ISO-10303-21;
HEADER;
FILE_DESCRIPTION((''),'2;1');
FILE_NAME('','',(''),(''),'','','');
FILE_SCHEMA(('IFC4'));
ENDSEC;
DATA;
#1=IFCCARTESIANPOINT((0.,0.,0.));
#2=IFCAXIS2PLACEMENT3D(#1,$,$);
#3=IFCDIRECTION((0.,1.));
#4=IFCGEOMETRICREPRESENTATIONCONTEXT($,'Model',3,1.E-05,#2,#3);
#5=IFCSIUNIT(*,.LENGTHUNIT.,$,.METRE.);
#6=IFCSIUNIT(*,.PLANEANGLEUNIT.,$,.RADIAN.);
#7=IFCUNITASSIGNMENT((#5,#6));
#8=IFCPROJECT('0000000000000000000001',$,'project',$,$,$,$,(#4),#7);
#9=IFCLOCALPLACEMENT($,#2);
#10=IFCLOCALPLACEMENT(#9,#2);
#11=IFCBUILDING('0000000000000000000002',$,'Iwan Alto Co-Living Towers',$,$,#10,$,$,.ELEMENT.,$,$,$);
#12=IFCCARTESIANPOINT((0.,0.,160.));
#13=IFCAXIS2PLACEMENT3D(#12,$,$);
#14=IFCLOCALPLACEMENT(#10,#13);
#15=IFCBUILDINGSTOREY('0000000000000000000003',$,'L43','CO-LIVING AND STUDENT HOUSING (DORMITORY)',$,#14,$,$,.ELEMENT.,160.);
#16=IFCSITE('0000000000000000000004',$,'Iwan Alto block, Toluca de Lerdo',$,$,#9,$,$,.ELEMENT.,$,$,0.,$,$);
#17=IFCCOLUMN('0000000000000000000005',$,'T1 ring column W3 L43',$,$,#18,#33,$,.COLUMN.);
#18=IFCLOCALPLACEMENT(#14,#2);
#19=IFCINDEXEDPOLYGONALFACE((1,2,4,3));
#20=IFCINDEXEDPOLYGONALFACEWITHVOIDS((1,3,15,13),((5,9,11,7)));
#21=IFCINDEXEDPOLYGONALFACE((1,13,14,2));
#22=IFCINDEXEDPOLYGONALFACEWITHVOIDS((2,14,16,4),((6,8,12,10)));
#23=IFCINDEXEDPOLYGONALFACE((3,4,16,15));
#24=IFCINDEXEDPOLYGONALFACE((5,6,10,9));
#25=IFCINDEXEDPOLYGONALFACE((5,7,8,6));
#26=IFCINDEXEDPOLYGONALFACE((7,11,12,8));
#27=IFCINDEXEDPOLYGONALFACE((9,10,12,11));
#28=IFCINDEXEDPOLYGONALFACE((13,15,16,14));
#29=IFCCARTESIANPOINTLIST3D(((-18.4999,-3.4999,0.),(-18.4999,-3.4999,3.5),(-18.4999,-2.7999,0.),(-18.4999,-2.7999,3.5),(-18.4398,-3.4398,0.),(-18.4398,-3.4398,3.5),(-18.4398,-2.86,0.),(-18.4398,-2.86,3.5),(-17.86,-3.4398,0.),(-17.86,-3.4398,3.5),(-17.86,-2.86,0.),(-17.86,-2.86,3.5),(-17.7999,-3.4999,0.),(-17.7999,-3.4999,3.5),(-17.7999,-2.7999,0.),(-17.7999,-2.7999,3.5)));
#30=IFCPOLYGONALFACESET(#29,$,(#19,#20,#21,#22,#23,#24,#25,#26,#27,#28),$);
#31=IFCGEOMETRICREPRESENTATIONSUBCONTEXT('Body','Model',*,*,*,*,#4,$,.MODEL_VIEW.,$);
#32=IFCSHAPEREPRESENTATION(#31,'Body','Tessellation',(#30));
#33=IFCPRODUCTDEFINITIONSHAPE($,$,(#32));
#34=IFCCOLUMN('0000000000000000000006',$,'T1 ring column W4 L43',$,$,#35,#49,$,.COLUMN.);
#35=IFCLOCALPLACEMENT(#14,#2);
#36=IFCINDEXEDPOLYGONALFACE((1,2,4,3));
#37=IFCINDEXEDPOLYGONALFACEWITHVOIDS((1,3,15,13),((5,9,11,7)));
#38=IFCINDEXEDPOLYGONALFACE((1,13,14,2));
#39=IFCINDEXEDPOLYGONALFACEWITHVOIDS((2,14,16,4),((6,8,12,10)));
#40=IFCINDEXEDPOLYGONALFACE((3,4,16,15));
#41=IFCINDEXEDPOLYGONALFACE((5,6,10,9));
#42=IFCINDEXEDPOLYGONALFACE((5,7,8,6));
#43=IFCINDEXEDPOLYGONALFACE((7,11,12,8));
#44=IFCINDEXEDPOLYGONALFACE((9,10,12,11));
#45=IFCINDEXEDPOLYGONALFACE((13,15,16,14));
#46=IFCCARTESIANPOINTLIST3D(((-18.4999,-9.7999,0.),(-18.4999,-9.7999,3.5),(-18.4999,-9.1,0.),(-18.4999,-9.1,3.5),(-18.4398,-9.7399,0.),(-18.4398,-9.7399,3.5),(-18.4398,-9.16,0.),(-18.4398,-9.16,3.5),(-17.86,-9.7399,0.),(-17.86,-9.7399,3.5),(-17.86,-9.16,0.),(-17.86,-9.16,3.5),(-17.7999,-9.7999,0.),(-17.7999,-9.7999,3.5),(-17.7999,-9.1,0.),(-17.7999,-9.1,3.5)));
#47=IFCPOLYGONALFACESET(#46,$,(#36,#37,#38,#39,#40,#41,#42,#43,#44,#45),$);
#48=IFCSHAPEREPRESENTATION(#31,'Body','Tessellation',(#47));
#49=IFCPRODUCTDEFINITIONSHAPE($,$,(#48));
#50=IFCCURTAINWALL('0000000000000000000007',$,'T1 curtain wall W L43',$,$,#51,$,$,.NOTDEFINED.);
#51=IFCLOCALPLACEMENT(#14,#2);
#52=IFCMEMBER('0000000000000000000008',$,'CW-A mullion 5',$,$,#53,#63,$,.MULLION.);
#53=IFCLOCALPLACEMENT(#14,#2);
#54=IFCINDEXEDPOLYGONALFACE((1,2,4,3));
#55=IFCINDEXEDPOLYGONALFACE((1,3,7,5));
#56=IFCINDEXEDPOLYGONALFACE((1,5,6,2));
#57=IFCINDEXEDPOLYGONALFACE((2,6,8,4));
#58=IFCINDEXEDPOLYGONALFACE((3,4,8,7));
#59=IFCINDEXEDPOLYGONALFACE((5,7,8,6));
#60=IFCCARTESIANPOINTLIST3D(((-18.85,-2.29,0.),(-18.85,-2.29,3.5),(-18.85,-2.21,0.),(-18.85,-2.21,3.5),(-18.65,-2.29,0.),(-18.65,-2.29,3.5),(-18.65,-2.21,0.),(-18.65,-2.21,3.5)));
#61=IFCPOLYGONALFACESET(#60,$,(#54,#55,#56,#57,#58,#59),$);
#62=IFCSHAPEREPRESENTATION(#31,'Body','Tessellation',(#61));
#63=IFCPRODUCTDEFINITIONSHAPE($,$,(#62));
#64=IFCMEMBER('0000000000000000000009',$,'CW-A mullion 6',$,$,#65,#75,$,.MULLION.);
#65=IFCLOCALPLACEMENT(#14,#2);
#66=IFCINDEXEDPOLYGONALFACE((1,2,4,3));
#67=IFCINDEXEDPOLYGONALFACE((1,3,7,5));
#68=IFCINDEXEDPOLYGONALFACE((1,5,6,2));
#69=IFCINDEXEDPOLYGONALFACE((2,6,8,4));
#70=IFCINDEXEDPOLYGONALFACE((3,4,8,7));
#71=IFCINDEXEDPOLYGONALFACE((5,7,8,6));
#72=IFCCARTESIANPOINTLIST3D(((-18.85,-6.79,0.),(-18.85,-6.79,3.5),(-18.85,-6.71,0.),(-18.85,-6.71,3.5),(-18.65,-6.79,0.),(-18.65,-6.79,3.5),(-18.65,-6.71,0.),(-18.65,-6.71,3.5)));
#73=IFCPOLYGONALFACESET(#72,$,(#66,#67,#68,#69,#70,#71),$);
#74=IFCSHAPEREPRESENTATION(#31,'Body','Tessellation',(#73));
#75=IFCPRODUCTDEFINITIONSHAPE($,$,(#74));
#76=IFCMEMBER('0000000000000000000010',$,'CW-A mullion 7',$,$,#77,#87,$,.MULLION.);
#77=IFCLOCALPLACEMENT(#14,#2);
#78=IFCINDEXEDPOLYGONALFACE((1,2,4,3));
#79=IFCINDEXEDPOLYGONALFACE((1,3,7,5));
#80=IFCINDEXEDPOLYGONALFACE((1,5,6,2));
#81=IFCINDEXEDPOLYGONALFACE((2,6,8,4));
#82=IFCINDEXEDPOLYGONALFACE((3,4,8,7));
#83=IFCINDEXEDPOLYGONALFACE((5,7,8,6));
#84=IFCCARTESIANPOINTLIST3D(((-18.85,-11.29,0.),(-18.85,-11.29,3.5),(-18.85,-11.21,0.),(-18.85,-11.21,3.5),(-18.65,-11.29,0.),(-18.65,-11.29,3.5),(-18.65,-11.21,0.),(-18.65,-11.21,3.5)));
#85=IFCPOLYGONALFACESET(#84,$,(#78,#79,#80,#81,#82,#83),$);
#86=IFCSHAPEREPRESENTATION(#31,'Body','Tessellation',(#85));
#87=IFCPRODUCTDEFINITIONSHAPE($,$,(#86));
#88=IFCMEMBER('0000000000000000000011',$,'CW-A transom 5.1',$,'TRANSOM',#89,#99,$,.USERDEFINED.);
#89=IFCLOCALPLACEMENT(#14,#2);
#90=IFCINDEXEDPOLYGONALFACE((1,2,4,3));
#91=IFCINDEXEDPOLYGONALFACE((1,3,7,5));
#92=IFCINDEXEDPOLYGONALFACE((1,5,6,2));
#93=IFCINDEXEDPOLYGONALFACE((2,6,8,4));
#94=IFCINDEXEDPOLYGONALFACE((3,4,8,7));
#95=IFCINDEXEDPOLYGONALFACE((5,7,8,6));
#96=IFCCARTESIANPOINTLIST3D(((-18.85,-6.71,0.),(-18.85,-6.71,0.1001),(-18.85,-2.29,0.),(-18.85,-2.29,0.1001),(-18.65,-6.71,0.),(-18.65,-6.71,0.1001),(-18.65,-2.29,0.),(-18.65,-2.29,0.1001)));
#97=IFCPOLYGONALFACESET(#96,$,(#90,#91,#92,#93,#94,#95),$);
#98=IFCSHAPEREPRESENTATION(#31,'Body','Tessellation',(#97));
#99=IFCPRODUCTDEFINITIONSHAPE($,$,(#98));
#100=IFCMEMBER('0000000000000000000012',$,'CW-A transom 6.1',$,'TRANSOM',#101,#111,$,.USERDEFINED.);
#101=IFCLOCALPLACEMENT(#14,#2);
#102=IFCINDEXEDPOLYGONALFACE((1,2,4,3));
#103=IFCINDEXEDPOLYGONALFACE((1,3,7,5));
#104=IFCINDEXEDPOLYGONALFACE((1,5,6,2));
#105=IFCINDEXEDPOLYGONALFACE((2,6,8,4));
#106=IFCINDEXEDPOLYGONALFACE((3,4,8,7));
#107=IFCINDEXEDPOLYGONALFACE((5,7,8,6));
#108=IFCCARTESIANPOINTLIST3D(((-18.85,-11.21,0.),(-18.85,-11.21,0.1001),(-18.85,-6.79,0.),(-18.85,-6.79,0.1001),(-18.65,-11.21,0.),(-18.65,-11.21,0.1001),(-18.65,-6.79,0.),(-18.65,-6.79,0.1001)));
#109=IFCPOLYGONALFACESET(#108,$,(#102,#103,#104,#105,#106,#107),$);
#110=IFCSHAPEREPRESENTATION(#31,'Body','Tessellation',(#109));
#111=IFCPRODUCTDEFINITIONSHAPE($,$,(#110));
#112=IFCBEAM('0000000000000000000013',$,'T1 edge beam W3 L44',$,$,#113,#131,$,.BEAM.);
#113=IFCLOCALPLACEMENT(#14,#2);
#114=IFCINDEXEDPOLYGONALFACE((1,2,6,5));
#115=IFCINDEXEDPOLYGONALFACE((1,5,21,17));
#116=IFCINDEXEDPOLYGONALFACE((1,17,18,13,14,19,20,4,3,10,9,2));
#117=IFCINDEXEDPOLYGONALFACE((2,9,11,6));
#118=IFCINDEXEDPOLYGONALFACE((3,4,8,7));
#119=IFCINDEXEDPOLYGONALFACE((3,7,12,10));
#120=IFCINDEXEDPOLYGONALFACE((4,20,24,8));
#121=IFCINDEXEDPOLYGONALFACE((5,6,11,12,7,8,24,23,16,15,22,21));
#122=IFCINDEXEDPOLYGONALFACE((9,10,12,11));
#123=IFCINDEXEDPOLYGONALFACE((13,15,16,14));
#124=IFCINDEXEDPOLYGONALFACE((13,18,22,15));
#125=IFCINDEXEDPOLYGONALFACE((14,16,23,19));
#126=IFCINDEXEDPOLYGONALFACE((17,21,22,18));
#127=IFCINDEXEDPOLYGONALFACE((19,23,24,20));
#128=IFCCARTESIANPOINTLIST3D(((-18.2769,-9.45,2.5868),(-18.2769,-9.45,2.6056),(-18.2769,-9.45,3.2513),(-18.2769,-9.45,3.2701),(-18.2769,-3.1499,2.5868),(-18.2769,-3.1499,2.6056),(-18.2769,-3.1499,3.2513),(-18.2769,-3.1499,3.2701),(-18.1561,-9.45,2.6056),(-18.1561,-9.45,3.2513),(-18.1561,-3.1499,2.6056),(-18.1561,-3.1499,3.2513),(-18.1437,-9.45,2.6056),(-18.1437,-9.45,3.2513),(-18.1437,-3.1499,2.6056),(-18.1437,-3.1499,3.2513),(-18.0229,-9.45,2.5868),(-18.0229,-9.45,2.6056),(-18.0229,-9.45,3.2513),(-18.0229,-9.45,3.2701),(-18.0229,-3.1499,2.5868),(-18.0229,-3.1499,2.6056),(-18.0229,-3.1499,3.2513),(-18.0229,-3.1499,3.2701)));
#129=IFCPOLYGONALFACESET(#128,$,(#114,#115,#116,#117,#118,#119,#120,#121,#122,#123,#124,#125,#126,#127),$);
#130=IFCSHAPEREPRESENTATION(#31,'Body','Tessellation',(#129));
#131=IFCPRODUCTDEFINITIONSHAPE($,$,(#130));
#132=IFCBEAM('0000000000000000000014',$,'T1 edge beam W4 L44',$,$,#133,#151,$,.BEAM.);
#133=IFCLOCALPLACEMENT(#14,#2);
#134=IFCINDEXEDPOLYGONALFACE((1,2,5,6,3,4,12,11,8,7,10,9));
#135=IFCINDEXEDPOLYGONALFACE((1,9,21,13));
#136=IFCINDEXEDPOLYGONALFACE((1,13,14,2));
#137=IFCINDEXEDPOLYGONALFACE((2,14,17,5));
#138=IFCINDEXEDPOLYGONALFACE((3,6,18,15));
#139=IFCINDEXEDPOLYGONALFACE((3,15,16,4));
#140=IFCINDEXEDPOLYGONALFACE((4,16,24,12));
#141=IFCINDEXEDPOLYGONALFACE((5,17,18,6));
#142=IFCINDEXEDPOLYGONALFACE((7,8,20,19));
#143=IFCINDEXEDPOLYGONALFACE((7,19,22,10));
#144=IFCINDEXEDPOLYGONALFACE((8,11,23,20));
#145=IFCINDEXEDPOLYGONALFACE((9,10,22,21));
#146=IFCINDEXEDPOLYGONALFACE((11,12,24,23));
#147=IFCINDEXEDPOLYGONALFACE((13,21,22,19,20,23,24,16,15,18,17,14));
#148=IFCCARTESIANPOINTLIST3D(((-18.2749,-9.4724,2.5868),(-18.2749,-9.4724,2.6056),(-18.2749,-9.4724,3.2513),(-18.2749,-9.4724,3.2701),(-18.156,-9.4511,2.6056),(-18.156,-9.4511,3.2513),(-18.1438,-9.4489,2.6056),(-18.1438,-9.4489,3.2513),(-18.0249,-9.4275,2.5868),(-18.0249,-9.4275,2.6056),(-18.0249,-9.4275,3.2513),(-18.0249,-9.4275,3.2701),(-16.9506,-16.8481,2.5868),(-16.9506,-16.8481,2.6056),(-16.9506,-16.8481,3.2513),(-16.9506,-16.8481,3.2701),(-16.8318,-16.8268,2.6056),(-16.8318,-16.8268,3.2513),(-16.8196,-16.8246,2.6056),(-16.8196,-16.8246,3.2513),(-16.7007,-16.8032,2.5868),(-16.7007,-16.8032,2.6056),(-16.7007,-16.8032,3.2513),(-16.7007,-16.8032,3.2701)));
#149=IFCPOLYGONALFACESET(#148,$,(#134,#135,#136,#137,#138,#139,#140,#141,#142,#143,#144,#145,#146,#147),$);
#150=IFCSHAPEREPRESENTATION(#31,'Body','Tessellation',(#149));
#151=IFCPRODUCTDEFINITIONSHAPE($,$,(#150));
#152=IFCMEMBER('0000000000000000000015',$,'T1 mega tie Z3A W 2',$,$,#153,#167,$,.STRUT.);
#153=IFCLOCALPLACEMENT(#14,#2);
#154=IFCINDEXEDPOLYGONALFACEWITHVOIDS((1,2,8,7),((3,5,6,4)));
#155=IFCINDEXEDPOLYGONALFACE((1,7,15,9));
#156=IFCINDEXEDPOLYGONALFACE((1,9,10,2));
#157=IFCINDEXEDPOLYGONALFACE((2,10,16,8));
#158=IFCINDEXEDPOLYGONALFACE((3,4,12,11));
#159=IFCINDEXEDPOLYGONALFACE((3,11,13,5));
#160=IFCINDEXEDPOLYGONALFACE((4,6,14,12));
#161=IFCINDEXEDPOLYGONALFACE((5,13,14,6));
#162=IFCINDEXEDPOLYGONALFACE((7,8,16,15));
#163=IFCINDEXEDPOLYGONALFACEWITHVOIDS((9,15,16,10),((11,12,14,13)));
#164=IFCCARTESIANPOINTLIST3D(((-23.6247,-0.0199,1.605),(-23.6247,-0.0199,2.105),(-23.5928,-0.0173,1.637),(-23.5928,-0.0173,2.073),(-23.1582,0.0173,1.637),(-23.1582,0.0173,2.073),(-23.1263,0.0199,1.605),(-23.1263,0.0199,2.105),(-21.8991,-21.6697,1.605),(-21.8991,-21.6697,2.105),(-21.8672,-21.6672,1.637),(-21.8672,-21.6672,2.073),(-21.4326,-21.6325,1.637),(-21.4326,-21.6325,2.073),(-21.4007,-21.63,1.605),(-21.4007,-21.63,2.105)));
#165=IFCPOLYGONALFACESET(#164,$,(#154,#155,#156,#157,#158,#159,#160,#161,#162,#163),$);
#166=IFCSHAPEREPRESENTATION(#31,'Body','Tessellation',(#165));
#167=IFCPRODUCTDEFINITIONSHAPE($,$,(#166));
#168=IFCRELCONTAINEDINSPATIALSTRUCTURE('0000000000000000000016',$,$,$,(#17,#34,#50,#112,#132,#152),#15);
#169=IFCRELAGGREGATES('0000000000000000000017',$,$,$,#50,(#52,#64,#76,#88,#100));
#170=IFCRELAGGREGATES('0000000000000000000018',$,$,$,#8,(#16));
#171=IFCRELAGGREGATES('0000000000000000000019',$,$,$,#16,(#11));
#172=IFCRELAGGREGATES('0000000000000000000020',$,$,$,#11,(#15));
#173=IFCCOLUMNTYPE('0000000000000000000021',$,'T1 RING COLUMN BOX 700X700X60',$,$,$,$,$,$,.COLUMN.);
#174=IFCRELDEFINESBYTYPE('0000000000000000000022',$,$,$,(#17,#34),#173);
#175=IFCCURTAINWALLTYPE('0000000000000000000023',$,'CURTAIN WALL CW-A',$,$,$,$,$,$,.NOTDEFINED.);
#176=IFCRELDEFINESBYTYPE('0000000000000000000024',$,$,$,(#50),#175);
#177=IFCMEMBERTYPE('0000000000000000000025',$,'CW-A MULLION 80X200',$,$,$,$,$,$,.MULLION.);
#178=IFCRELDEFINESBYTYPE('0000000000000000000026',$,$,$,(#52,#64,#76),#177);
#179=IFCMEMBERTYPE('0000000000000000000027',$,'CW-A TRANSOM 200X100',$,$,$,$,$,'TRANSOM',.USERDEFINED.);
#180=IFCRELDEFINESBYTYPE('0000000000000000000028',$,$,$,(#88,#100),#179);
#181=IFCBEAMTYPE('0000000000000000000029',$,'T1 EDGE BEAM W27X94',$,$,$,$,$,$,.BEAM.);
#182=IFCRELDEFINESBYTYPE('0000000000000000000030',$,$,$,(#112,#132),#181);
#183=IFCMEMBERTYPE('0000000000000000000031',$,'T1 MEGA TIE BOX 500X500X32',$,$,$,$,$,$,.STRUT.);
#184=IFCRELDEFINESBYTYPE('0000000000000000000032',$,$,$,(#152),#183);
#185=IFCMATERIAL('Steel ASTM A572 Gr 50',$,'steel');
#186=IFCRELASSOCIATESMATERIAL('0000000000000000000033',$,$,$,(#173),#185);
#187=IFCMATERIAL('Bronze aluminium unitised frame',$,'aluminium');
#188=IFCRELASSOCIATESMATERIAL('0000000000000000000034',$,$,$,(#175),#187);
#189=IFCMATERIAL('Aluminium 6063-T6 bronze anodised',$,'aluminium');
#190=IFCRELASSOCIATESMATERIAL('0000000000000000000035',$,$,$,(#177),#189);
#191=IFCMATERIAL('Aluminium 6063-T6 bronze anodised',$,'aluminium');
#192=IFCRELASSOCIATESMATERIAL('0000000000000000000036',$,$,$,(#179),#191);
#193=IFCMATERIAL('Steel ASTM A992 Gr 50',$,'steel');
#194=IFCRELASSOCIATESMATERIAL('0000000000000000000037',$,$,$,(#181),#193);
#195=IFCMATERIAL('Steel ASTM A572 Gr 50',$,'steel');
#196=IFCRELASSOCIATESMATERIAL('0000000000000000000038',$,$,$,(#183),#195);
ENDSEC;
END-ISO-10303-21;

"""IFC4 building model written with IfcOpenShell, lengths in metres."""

from ifc_helpers import new_model, si_unit, direction, frame, origin, origin_2d, place, context, subcontext, project, spatial, rectangle, hollow_rectangle, i_section, extrude, material, material_profile, profile_set, type_object, element, aggregate, save


model = new_model("IFC4")

# Units and contexts
model_context = context("Model", 3, precision=1e-05, world=origin(), true_north=direction((0.0, 1.0)))
body_context = subcontext(model_context, "Body", "Model", "MODEL_VIEW")
ifc_project = project(units=[si_unit("LENGTHUNIT", "METRE"), si_unit("PLANEANGLEUNIT", "RADIAN")], contexts=[model_context])

# Site, building, storey
site_placement = place(None, origin())
site = spatial("IfcSite", under=ifc_project, at=site_placement, Name="Iwan Alto block, Toluca de Lerdo", CompositionType="ELEMENT", RefElevation=0.0)
building_placement = place(site_placement, origin())
building = spatial("IfcBuilding", under=site, at=building_placement, Name="Iwan Alto Co-Living Towers", CompositionType="ELEMENT")
storey_placement = place(building_placement, frame((0.0, 0.0, 160.0)))
storey = spatial("IfcBuildingStorey", under=building, at=storey_placement, Name="L43", Description="CO-LIVING AND STUDENT HOUSING (DORMITORY)", CompositionType="ELEMENT", Elevation=160.0)

# Columns
ifc_material_1 = material(Name="Steel ASTM A572 Gr 50", Category="steel")
ifc_material_profile_1 = material_profile(ifc_material_1, hollow_rectangle(XDim=0.7, YDim=0.7, WallThickness=0.0601, at=origin_2d()), Name="BOX 700X700X60")
ifc_profile_set_1 = profile_set([ifc_material_profile_1], Name="Steel ASTM A572 Gr 50")
column_type = type_object("IfcColumnType", Name="T1 RING COLUMN BOX 700X700X60", PredefinedType="COLUMN", material=ifc_profile_set_1)
for number, where, z_axis, x_axis, name in (
    (1, (-18.1499, -3.1499, 0.0), (0.0, 0.0, 1.0), (1.0, 0.0, 0.0), "T1 ring column W3 L43"),
    (2, (-18.1499, -9.45, 0.0), (0.0, 0.0, 1.0), (1.0, 0.0, 0.0), "T1 ring column W4 L43"),
):
    element("IfcColumn", number, at=place(storey_placement, frame(where, z_axis=z_axis, x_axis=x_axis)), inside=storey, type_object=column_type, Name=name, PredefinedType="COLUMN", context=body_context, shape_type="SweptSolid", body=[
        extrude(hollow_rectangle(XDim=0.7, YDim=0.7, WallThickness=0.0601, at=origin_2d()), origin(), (0.0, 0.0, 1.0), 3.5),
    ])

# Curtain wall, members
ifc_material_2 = material(Name="Bronze aluminium unitised frame", Category="aluminium")
curtain_wall_type = type_object("IfcCurtainWallType", Name="CURTAIN WALL CW-A", PredefinedType="NOTDEFINED", material=ifc_material_2)
curtain_wall_placement = place(storey_placement, origin())
curtain_wall = element("IfcCurtainWall", 3, at=curtain_wall_placement, inside=storey, type_object=curtain_wall_type, Name="T1 curtain wall W L43", PredefinedType="NOTDEFINED")
ifc_material_3 = material(Name="Aluminium 6063-T6 bronze anodised", Category="aluminium")
ifc_material_profile_2 = material_profile(ifc_material_3, rectangle(XDim=0.2, YDim=0.0801, at=origin_2d()), Name="AL 80X200")
ifc_profile_set_2 = profile_set([ifc_material_profile_2], Name="Aluminium 6063-T6 bronze anodised")
member_type_1 = type_object("IfcMemberType", Name="CW-A MULLION 80X200", PredefinedType="MULLION", material=ifc_profile_set_2)
member_1_placement = place(storey_placement, frame((-18.75, -2.25, 0.0), z_axis=(0.0, 0.0, 1.0), x_axis=(1.0, 0.0, 0.0)))
member_1 = element("IfcMember", 4, at=member_1_placement, type_object=member_type_1, Name="CW-A mullion 5", PredefinedType="MULLION", context=body_context, shape_type="SweptSolid", body=[
    extrude(rectangle(XDim=0.2, YDim=0.0801, at=origin_2d()), origin(), (0.0, 0.0, 1.0), 3.5),
])
member_2_placement = place(storey_placement, frame((-18.75, -6.75, 0.0), z_axis=(0.0, 0.0, 1.0), x_axis=(1.0, 0.0, 0.0)))
member_2 = element("IfcMember", 5, at=member_2_placement, type_object=member_type_1, Name="CW-A mullion 6", PredefinedType="MULLION", context=body_context, shape_type="SweptSolid", body=[
    extrude(rectangle(XDim=0.2, YDim=0.0801, at=origin_2d()), origin(), (0.0, 0.0, 1.0), 3.5),
])
member_3_placement = place(storey_placement, frame((-18.75, -11.25, 0.0), z_axis=(0.0, 0.0, 1.0), x_axis=(1.0, 0.0, 0.0)))
member_3 = element("IfcMember", 6, at=member_3_placement, type_object=member_type_1, Name="CW-A mullion 7", PredefinedType="MULLION", context=body_context, shape_type="SweptSolid", body=[
    extrude(rectangle(XDim=0.2, YDim=0.0801, at=origin_2d()), origin(), (0.0, 0.0, 1.0), 3.5),
])
ifc_material_4 = material(Name="Aluminium 6063-T6 bronze anodised", Category="aluminium")
ifc_material_profile_3 = material_profile(ifc_material_4, rectangle(XDim=0.2, YDim=0.1001, at=origin_2d()), Name="AL 200X100")
ifc_profile_set_3 = profile_set([ifc_material_profile_3], Name="Aluminium 6063-T6 bronze anodised")
member_type_2 = type_object("IfcMemberType", Name="CW-A TRANSOM 200X100", ElementType="TRANSOM", PredefinedType="USERDEFINED", material=ifc_profile_set_3)
member_4_placement = place(storey_placement, frame((-18.75, -2.29, 0.05), z_axis=(0.0, -1.0, 0.0), x_axis=(1.0, 0.0, 0.0)))
member_4 = element("IfcMember", 7, at=member_4_placement, type_object=member_type_2, Name="CW-A transom 5.1", ObjectType="TRANSOM", PredefinedType="USERDEFINED", context=body_context, shape_type="SweptSolid", body=[
    extrude(rectangle(XDim=0.2, YDim=0.1001, at=origin_2d()), origin(), (0.0, 0.0, 1.0), 4.4199),
])
member_5_placement = place(storey_placement, frame((-18.75, -6.79, 0.05), z_axis=(0.0, -1.0, 0.0), x_axis=(1.0, 0.0, 0.0)))
member_5 = element("IfcMember", 8, at=member_5_placement, type_object=member_type_2, Name="CW-A transom 6.1", ObjectType="TRANSOM", PredefinedType="USERDEFINED", context=body_context, shape_type="SweptSolid", body=[
    extrude(rectangle(XDim=0.2, YDim=0.1001, at=origin_2d()), origin(), (0.0, 0.0, 1.0), 4.4199),
])

# Beams
ifc_material_5 = material(Name="Steel ASTM A992 Gr 50", Category="steel")
ifc_material_profile_4 = material_profile(ifc_material_5, i_section(OverallWidth=0.2539, OverallDepth=0.6833, WebThickness=0.0125, FlangeThickness=0.0188, at=origin_2d()), Name="W27X94")
ifc_profile_set_4 = profile_set([ifc_material_profile_4], Name="Steel ASTM A992 Gr 50")
beam_type_1 = type_object("IfcBeamType", Name="T1 EDGE BEAM W27X94", PredefinedType="BEAM", material=ifc_profile_set_4)
beam_1_placement = place(storey_placement, frame((-18.1499, -3.1499, 2.9285), z_axis=(0.0, -1.0, 0.0), x_axis=(1.0, 0.0, 0.0)))
element("IfcBeam", 9, at=beam_1_placement, inside=storey, type_object=beam_type_1, Name="T1 edge beam W3 L44", PredefinedType="BEAM", context=body_context, shape_type="SweptSolid", body=[
    extrude(i_section(OverallWidth=0.2539, OverallDepth=0.6833, WebThickness=0.0125, FlangeThickness=0.0188, at=origin_2d()), origin(), (0.0, 0.0, 1.0), 6.3),
])
beam_2_placement = place(storey_placement, frame((-18.1499, -9.45, 2.9285), z_axis=(0.176712, -0.984263, 0.0), x_axis=(0.984263, 0.176712, 0.0)))
element("IfcBeam", 10, at=beam_2_placement, inside=storey, type_object=beam_type_1, Name="T1 edge beam W4 L44", PredefinedType="BEAM", context=body_context, shape_type="SweptSolid", body=[
    extrude(i_section(OverallWidth=0.2539, OverallDepth=0.6833, WebThickness=0.0125, FlangeThickness=0.0188, at=origin_2d()), origin(), (0.0, 0.0, 1.0), 7.4937),
])

# Member
ifc_material_6 = material(Name="Steel ASTM A572 Gr 50", Category="steel")
ifc_material_profile_5 = material_profile(ifc_material_6, hollow_rectangle(XDim=0.5, YDim=0.5, WallThickness=0.032, at=origin_2d()), Name="BOX 500X500X32")
ifc_profile_set_5 = profile_set([ifc_material_profile_5], Name="Steel ASTM A572 Gr 50")
member_type_3 = type_object("IfcMemberType", Name="T1 MEGA TIE BOX 500X500X32", PredefinedType="STRUT", material=ifc_profile_set_5)
member_6_placement = place(storey_placement, frame((-23.3755, 0.0, 1.855), z_axis=(0.079452, -0.996839, 0.0), x_axis=(0.996839, 0.079452, 0.0)))
element("IfcMember", 11, at=member_6_placement, inside=storey, type_object=member_type_3, Name="T1 mega tie Z3A W 2", PredefinedType="STRUT", context=body_context, shape_type="SweptSolid", body=[
    extrude(hollow_rectangle(XDim=0.5, YDim=0.5, WallThickness=0.032, at=origin_2d()), origin(), (0.0, 0.0, 1.0), 21.7185),
])

aggregate(curtain_wall, [member_1, member_2, member_3, member_4, member_5])

save(model, "model.ifc")
